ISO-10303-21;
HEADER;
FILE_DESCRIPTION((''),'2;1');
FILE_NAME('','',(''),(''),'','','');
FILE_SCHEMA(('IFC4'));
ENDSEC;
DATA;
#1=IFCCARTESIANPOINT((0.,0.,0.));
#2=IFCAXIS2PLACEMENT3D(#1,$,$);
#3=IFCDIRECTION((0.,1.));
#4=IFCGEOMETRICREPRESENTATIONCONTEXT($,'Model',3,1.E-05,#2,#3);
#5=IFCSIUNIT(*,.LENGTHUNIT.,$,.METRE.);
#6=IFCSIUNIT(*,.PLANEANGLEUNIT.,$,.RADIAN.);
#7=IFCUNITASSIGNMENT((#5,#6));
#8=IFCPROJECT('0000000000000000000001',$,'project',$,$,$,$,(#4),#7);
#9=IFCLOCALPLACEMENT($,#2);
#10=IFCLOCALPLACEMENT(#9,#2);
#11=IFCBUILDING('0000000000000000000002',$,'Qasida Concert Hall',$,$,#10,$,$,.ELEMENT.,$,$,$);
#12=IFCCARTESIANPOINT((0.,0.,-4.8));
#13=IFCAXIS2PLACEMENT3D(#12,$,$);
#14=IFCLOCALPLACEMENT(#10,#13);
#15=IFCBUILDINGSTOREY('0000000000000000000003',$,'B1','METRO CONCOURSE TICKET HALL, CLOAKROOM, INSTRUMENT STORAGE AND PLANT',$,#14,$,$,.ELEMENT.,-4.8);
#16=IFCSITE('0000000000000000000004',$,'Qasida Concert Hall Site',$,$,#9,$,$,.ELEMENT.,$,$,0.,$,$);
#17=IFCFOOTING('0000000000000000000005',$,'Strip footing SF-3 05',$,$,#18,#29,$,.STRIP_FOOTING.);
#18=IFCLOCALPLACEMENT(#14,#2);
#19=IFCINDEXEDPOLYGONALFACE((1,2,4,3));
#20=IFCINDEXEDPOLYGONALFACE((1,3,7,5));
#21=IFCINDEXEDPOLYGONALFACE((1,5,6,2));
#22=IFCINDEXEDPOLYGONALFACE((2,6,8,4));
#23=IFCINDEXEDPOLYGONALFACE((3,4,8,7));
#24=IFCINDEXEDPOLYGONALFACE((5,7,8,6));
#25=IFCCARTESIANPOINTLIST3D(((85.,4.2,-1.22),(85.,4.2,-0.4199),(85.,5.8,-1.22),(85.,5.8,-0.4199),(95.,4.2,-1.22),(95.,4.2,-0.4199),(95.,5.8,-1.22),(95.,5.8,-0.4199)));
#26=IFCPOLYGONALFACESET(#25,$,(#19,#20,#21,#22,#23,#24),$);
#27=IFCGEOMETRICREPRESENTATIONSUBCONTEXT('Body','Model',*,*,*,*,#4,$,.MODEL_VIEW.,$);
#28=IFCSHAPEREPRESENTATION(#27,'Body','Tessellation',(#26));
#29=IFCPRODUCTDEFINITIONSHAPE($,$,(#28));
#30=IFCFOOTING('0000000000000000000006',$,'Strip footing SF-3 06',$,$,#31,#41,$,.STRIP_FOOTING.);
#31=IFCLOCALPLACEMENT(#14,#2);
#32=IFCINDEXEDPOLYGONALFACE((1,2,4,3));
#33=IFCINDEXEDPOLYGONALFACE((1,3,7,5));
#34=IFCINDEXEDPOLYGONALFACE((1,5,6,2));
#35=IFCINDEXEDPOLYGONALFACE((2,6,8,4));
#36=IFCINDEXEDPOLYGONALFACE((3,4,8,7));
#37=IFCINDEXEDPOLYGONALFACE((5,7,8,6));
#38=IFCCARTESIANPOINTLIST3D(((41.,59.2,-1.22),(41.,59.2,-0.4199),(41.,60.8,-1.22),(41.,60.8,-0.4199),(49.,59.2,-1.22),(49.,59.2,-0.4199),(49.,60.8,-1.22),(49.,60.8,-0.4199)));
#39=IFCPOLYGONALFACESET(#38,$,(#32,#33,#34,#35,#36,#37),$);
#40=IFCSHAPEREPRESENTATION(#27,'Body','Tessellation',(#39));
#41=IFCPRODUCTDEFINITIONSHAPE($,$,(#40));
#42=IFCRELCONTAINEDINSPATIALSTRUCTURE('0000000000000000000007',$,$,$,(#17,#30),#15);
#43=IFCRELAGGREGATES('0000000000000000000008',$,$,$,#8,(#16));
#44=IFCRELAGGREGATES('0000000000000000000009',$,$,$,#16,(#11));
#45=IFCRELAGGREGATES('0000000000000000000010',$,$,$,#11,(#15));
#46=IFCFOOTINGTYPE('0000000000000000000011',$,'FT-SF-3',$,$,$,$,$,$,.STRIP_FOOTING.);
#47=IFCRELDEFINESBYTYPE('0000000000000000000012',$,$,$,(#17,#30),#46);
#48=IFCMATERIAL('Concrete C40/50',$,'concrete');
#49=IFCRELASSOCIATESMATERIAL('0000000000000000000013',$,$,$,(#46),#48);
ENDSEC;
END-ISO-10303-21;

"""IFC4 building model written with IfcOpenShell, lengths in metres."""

from ifc_helpers import new_model, si_unit, direction, frame, origin, place, context, subcontext, project, spatial, polyline, outline, extrude, material, type_object, element, save


model = new_model("IFC4")

# Units and contexts
model_context = context("Model", 3, precision=1e-05, world=origin(), true_north=direction((0.0, 1.0)))
body_context = subcontext(model_context, "Body", "Model", "MODEL_VIEW")
ifc_project = project(units=[si_unit("LENGTHUNIT", "METRE"), si_unit("PLANEANGLEUNIT", "RADIAN")], contexts=[model_context])

# Site, building, storey
site_placement = place(None, origin())
site = spatial("IfcSite", under=ifc_project, at=site_placement, Name="Qasida Concert Hall Site", CompositionType="ELEMENT", RefElevation=0.0)
building_placement = place(site_placement, origin())
building = spatial("IfcBuilding", under=site, at=building_placement, Name="Qasida Concert Hall", CompositionType="ELEMENT")
storey_placement = place(building_placement, frame((0.0, 0.0, -4.8)))
storey = spatial("IfcBuildingStorey", under=building, at=storey_placement, Name="B1", Description="METRO CONCOURSE TICKET HALL, CLOAKROOM, INSTRUMENT STORAGE AND PLANT", CompositionType="ELEMENT", Elevation=-4.8)

# Footings
ifc_material = material(Name="Concrete C40/50", Category="concrete")
footing_type_1 = type_object("IfcFootingType", Name="FT-SF-3", PredefinedType="STRIP_FOOTING", material=ifc_material)
footing_1_placement = place(storey_placement, frame((0.0, 0.0, -1.22)))
element("IfcFooting", 1, at=footing_1_placement, inside=storey, type_object=footing_type_1, Name="Strip footing SF-3 05", PredefinedType="STRIP_FOOTING", context=body_context, shape_type="SweptSolid", body=[
    extrude(outline(polyline([(85.0, 4.2), (95.0, 4.2), (95.0, 5.8), (85.0, 5.8), (85.0, 4.2)])), origin(), (0.0, 0.0, 1.0), 0.8),
])
footing_2_placement = place(storey_placement, frame((0.0, 0.0, -1.22)))
element("IfcFooting", 2, at=footing_2_placement, inside=storey, type_object=footing_type_1, Name="Strip footing SF-3 06", PredefinedType="STRIP_FOOTING", context=body_context, shape_type="SweptSolid", body=[
    extrude(outline(polyline([(41.0, 59.2), (49.0, 59.2), (49.0, 60.8), (41.0, 60.8), (41.0, 59.2)])), origin(), (0.0, 0.0, 1.0), 0.8),
])

save(model, "model.ifc")
